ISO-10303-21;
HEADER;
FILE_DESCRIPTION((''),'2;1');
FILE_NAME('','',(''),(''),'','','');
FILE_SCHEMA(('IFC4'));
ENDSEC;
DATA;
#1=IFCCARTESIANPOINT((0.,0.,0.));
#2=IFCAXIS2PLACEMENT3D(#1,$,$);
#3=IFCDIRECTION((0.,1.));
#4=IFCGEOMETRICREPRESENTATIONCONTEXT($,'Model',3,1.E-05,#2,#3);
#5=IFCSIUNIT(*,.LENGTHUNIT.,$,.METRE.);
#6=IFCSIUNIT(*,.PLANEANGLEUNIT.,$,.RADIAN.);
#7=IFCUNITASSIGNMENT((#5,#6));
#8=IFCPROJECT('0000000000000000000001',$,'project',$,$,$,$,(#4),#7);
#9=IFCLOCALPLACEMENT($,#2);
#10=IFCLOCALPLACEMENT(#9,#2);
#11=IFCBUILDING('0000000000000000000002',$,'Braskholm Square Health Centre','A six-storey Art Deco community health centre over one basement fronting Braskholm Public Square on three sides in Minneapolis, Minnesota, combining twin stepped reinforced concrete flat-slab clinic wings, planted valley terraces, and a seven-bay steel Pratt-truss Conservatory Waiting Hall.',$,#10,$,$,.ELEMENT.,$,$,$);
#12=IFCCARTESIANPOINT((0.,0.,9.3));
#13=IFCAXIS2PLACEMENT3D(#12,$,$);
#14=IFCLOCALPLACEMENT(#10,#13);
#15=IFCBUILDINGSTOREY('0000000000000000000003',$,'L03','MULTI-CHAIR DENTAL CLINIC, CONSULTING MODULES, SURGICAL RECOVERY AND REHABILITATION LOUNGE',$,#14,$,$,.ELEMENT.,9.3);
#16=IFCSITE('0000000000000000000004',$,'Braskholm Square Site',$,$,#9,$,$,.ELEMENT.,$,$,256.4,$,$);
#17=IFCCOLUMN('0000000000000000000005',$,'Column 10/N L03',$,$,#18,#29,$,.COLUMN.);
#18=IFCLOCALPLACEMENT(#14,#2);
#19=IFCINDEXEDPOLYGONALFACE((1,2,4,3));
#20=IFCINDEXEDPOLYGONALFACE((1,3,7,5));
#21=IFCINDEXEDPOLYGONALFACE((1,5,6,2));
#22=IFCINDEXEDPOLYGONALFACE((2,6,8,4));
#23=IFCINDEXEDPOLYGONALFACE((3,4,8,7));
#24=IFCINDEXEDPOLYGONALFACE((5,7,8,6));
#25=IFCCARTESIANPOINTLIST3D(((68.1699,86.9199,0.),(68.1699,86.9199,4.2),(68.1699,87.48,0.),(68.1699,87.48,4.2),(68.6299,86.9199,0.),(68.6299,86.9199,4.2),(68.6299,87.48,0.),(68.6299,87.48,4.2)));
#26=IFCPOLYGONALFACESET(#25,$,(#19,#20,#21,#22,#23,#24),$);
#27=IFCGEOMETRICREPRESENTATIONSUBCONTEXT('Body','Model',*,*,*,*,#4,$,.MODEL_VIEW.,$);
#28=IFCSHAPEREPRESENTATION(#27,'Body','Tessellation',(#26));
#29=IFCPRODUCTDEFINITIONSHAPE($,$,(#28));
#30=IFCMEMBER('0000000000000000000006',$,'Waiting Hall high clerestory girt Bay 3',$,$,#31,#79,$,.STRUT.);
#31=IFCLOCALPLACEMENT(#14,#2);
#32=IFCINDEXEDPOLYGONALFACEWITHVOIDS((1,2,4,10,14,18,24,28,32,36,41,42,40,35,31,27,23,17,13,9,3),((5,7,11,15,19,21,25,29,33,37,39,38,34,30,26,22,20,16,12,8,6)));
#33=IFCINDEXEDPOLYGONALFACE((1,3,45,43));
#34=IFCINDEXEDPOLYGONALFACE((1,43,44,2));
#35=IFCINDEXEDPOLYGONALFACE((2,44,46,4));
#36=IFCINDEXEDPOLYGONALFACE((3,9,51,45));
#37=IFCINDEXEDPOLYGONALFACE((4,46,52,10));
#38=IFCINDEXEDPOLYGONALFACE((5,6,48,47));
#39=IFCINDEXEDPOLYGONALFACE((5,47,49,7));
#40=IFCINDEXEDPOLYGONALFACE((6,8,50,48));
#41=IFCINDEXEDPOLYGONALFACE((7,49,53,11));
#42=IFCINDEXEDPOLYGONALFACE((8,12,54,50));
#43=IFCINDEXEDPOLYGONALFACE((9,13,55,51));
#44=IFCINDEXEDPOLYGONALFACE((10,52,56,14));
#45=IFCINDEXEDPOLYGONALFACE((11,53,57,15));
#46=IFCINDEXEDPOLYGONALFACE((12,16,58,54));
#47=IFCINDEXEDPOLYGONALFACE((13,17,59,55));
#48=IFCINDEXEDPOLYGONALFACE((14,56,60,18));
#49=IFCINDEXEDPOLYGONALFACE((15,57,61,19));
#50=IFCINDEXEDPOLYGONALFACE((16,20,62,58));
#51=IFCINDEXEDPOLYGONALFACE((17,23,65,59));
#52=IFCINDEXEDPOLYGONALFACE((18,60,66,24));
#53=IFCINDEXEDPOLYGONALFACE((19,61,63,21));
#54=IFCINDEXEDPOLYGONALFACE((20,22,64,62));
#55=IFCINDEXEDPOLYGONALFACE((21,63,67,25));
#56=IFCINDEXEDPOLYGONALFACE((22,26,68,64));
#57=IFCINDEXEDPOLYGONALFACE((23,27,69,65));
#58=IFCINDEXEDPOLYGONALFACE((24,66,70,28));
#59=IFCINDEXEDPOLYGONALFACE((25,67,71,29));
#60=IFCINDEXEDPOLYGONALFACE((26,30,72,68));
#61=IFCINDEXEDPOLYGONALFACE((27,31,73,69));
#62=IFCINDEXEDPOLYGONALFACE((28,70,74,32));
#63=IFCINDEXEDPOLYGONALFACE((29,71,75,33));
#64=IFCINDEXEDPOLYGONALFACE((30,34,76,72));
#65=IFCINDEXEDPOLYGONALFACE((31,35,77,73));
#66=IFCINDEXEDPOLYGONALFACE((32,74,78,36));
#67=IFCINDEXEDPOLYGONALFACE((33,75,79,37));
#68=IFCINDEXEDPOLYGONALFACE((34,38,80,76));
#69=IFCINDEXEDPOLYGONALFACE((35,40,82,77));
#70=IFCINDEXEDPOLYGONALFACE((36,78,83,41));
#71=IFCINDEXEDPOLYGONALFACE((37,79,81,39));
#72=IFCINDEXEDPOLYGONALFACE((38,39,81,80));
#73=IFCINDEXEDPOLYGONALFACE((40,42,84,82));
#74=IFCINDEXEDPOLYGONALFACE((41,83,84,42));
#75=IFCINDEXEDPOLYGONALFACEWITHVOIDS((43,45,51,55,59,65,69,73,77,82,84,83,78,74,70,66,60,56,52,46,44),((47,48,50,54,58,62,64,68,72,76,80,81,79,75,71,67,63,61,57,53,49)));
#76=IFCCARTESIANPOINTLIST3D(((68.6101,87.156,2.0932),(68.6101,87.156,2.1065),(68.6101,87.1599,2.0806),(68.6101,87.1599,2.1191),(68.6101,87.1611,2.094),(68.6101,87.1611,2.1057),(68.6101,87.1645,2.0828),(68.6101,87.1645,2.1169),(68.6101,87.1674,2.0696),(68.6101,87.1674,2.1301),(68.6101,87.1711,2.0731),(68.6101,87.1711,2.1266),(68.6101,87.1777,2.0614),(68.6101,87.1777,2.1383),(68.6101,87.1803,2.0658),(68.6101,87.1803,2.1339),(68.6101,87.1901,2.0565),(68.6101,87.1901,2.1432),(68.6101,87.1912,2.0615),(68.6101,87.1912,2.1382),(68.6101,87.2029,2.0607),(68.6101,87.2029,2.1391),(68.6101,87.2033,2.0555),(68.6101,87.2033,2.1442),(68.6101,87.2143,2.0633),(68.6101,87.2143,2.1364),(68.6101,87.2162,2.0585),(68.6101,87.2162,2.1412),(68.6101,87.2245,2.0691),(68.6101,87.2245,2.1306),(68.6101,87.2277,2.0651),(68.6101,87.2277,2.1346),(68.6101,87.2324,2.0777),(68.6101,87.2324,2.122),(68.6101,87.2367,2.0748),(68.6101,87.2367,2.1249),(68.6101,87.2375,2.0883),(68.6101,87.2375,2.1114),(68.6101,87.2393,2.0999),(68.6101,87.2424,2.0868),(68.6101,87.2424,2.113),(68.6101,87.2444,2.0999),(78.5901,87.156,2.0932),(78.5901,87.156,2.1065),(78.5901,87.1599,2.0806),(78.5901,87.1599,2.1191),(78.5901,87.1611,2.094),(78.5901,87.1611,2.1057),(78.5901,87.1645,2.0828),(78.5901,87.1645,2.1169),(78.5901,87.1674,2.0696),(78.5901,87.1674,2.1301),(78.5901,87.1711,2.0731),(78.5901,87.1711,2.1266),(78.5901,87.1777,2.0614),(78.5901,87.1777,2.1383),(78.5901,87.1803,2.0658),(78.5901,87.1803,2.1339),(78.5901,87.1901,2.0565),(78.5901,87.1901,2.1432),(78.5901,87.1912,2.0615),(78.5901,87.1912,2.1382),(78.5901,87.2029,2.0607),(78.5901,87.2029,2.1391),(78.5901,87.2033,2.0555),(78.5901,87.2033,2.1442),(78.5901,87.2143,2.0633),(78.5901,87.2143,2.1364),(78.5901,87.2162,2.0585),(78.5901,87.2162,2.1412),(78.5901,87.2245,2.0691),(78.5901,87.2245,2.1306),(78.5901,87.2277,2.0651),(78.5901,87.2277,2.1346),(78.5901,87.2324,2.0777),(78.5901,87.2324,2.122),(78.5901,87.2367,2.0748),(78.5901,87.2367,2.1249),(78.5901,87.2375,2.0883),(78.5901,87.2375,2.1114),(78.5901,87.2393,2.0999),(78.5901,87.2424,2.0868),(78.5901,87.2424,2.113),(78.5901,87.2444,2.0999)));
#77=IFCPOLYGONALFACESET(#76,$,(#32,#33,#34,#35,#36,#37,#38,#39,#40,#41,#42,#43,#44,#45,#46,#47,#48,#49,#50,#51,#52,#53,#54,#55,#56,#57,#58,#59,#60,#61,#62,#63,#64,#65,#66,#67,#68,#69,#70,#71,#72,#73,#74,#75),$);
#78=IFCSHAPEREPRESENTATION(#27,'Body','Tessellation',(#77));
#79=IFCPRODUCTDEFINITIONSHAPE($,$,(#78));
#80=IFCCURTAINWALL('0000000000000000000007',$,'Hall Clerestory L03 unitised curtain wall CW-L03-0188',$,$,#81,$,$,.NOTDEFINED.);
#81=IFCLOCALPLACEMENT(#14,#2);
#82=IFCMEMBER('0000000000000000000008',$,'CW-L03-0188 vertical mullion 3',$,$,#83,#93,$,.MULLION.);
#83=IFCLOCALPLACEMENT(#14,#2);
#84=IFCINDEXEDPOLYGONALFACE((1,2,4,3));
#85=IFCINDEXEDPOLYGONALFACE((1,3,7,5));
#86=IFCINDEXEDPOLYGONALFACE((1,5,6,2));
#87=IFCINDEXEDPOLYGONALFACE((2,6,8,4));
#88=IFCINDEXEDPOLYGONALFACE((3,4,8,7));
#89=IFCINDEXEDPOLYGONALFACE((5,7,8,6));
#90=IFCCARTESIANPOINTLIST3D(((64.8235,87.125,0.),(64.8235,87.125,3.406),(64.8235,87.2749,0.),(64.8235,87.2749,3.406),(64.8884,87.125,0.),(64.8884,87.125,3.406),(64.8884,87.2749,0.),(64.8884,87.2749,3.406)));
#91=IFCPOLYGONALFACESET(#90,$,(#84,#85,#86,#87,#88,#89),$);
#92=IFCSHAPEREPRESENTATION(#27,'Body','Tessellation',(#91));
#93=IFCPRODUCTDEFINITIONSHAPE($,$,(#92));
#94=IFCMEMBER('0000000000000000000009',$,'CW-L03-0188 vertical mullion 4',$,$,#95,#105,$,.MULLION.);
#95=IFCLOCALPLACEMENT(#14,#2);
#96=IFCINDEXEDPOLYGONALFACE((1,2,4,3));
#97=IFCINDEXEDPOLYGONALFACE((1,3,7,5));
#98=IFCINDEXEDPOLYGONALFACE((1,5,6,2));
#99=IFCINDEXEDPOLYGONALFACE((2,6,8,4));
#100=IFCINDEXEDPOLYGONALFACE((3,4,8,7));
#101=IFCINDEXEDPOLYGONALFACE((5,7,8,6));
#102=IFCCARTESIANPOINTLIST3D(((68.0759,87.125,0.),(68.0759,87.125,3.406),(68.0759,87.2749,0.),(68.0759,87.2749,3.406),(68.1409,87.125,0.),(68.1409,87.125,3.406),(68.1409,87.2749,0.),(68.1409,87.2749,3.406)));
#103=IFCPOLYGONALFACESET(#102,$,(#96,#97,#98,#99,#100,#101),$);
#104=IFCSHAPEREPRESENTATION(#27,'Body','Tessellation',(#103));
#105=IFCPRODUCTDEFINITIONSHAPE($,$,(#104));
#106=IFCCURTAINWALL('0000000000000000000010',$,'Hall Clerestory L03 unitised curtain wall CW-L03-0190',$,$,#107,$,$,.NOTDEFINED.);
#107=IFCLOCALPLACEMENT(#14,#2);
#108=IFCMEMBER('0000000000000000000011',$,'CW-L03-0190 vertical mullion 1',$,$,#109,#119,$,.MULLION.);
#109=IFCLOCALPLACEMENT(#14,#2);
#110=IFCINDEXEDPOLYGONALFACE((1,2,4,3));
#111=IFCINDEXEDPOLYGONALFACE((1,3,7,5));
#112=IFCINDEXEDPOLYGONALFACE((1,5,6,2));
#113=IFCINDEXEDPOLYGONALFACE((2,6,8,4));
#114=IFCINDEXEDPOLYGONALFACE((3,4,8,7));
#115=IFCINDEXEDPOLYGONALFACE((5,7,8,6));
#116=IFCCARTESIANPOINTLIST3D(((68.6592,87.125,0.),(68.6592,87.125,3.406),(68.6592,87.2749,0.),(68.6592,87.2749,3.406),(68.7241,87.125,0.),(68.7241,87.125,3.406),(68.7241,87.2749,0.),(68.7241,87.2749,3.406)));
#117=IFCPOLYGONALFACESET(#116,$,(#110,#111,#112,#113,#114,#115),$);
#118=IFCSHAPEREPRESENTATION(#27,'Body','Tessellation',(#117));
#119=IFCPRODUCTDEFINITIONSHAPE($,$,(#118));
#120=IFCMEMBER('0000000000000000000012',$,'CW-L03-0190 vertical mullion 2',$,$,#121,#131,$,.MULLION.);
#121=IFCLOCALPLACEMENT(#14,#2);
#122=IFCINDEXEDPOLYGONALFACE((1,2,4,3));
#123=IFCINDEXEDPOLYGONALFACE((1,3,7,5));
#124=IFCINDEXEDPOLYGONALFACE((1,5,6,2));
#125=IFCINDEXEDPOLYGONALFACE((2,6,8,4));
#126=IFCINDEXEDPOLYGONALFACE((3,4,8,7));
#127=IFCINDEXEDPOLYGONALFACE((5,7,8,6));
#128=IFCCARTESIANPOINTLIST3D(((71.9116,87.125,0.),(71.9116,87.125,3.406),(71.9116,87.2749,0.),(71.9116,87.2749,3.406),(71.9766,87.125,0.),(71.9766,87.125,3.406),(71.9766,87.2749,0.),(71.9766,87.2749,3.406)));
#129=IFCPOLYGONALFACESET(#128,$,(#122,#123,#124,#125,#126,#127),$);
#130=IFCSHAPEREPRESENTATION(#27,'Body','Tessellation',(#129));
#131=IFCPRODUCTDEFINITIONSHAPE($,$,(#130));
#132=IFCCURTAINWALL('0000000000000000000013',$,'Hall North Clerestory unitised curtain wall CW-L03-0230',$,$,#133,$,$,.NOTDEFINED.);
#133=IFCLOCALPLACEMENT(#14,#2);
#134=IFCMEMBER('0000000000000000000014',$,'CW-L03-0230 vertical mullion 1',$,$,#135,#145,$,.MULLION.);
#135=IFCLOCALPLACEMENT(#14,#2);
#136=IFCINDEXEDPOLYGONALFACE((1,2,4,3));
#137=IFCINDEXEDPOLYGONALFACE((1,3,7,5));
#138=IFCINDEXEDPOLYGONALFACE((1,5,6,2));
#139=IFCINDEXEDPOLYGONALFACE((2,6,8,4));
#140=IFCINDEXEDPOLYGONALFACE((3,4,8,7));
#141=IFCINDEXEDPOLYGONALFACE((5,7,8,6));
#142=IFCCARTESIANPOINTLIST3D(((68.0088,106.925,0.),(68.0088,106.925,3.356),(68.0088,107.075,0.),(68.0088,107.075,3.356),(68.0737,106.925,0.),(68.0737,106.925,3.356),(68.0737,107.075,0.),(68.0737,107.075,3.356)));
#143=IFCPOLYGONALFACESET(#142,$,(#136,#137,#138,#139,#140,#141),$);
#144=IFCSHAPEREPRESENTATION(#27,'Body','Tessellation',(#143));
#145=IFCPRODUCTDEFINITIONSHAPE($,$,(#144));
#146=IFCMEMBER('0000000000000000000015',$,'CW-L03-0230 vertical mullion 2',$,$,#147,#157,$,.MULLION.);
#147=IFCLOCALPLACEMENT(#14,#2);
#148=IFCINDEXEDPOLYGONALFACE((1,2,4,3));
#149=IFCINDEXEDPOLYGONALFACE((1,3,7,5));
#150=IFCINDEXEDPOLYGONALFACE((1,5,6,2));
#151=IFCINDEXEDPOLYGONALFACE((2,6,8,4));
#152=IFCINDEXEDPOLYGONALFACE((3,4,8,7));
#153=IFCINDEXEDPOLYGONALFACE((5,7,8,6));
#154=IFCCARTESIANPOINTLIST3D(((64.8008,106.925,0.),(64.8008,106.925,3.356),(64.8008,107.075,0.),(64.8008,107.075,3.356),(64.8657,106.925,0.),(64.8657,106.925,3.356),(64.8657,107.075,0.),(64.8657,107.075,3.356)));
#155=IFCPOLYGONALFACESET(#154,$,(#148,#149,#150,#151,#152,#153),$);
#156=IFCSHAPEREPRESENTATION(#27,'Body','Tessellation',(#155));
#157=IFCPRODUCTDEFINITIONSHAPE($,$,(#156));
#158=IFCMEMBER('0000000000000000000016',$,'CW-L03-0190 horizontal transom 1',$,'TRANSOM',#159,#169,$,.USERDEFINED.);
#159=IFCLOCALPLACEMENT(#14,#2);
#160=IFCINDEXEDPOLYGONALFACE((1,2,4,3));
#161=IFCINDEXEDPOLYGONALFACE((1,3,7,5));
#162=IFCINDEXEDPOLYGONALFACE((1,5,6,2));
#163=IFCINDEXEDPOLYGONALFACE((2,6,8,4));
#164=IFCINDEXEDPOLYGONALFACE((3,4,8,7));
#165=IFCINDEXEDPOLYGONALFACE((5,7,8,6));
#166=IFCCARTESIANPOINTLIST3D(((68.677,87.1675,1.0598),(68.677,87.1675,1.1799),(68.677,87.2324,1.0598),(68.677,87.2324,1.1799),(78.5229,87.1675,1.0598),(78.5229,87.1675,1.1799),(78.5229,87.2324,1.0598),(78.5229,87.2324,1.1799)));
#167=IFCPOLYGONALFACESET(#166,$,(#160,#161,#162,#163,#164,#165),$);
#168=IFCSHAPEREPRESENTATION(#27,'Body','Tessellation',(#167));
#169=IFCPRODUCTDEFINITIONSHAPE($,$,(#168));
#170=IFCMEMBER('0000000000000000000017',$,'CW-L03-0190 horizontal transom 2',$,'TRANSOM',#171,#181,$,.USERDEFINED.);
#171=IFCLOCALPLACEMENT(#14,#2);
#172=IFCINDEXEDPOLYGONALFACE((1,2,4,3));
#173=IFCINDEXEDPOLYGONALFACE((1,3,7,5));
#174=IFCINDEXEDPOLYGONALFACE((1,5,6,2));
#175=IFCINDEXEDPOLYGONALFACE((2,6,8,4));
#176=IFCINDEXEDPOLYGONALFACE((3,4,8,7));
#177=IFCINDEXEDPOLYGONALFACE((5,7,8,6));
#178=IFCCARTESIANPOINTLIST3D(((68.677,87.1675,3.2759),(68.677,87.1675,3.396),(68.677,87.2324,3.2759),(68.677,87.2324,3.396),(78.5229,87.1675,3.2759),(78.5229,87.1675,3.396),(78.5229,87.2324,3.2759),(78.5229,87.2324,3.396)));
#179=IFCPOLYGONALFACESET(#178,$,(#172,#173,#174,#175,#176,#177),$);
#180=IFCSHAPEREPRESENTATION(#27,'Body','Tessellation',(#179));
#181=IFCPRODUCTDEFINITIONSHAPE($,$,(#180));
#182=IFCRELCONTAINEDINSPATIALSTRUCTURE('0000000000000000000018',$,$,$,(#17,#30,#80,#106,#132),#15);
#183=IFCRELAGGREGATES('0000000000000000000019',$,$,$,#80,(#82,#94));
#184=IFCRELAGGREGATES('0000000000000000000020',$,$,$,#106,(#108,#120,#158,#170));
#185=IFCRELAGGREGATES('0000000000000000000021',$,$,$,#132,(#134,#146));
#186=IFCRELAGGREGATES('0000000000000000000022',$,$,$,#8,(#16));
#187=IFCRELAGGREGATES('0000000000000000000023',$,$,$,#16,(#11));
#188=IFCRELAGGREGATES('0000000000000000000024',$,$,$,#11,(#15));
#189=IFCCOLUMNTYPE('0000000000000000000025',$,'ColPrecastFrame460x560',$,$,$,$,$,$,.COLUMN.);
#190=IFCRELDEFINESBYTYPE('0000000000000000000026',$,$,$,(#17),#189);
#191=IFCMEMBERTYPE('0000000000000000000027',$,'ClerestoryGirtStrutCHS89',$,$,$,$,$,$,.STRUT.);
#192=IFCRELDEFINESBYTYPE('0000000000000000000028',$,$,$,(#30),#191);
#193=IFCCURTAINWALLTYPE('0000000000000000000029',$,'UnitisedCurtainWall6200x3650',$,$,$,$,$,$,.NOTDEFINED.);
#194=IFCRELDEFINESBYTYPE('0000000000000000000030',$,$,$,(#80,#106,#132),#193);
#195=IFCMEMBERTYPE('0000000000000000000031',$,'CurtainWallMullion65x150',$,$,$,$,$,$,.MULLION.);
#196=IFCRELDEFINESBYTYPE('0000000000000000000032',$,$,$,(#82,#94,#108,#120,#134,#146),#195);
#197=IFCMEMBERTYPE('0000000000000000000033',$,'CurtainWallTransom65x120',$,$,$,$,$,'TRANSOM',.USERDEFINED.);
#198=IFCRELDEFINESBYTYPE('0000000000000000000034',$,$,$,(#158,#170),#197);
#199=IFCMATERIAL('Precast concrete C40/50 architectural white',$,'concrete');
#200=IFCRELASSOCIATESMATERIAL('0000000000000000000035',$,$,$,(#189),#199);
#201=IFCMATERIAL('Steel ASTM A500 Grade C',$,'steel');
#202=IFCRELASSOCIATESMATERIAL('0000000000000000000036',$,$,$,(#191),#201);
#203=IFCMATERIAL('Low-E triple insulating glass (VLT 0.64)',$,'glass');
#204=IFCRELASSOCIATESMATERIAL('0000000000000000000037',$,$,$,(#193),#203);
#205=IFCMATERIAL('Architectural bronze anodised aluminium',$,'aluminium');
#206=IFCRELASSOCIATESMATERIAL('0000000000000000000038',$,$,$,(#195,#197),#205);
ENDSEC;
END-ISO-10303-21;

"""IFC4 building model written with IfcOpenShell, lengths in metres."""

from ifc_helpers import new_model, si_unit, direction, frame, origin, origin_2d, place, context, subcontext, project, spatial, rectangle, hollow_circle, extrude, material, material_profile, profile_set, type_object, element, aggregate, save


model = new_model("IFC4")

# Units and contexts
model_context = context("Model", 3, precision=1e-05, world=origin(), true_north=direction((0.0, 1.0)))
body_context = subcontext(model_context, "Body", "Model", "MODEL_VIEW")
ifc_project = project(units=[si_unit("LENGTHUNIT", "METRE"), si_unit("PLANEANGLEUNIT", "RADIAN")], contexts=[model_context])

# Site, building, storey
site_placement = place(None, origin())
site = spatial("IfcSite", under=ifc_project, at=site_placement, Name="Braskholm Square Site", CompositionType="ELEMENT", RefElevation=256.4)
building_placement = place(site_placement, origin())
building = spatial("IfcBuilding", under=site, at=building_placement, Name="Braskholm Square Health Centre", Description="A six-storey Art Deco community health centre over one basement fronting Braskholm Public Square on three sides in Minneapolis, Minnesota, combining twin stepped reinforced concrete flat-slab clinic wings, planted valley terraces, and a seven-bay steel Pratt-truss Conservatory Waiting Hall.", CompositionType="ELEMENT")
storey_placement = place(building_placement, frame((0.0, 0.0, 9.3)))
storey = spatial("IfcBuildingStorey", under=building, at=storey_placement, Name="L03", Description="MULTI-CHAIR DENTAL CLINIC, CONSULTING MODULES, SURGICAL RECOVERY AND REHABILITATION LOUNGE", CompositionType="ELEMENT", Elevation=9.3)

# Column
ifc_material_1 = material(Name="Precast concrete C40/50 architectural white", Category="concrete")
ifc_material_profile_1 = material_profile(ifc_material_1, rectangle(XDim=0.46, YDim=0.5601, at=origin_2d()), Name="RC-460X560")
ifc_profile_set_1 = profile_set([ifc_material_profile_1], Name="Precast concrete C40/50 architectural white")
column_type = type_object("IfcColumnType", Name="ColPrecastFrame460x560", PredefinedType="COLUMN", material=ifc_profile_set_1)
column_placement = place(storey_placement, frame((68.3999, 87.2, 0.0), z_axis=(0.0, 0.0, 1.0), x_axis=(1.0, 0.0, 0.0)))
element("IfcColumn", 1, at=column_placement, inside=storey, type_object=column_type, Name="Column 10/N L03", PredefinedType="COLUMN", context=body_context, shape_type="SweptSolid", body=[
    extrude(rectangle(XDim=0.46, YDim=0.5601, at=origin_2d()), origin(), (0.0, 0.0, 1.0), 4.2),
])

# Member
ifc_material_2 = material(Name="Steel ASTM A500 Grade C", Category="steel")
ifc_material_profile_2 = material_profile(ifc_material_2, hollow_circle(Radius=0.0444, WallThickness=0.0051, at=origin_2d()), Name="HSS3.500X0.216")
ifc_profile_set_2 = profile_set([ifc_material_profile_2], Name="Steel ASTM A500 Grade C")
member_type_1 = type_object("IfcMemberType", Name="ClerestoryGirtStrutCHS89", PredefinedType="STRUT", material=ifc_profile_set_2)
member_1_placement = place(storey_placement, frame((68.6101, 87.2, 2.0999), z_axis=(1.0, 0.0, 0.0), x_axis=(0.0, 1.0, 0.0)))
element("IfcMember", 2, at=member_1_placement, inside=storey, type_object=member_type_1, Name="Waiting Hall high clerestory girt Bay 3", PredefinedType="STRUT", context=body_context, shape_type="SweptSolid", body=[
    extrude(hollow_circle(Radius=0.0444, WallThickness=0.0051, at=origin_2d()), origin(), (0.0, 0.0, 1.0), 9.98),
])

# Curtain walls, members
ifc_material_3 = material(Name="Low-E triple insulating glass (VLT 0.64)", Category="glass")
curtain_wall_type = type_object("IfcCurtainWallType", Name="UnitisedCurtainWall6200x3650", PredefinedType="NOTDEFINED", material=ifc_material_3)
curtain_wall_1_placement = place(storey_placement, origin())
curtain_wall_1 = element("IfcCurtainWall", 3, at=curtain_wall_1_placement, inside=storey, type_object=curtain_wall_type, Name="Hall Clerestory L03 unitised curtain wall CW-L03-0188", PredefinedType="NOTDEFINED")
ifc_material_4 = material(Name="Architectural bronze anodised aluminium", Category="aluminium")
ifc_material_profile_3 = material_profile(ifc_material_4, rectangle(XDim=0.0649, YDim=0.1499, at=origin_2d()), Name="ALU-65X150")
ifc_profile_set_3 = profile_set([ifc_material_profile_3], Name="Architectural bronze anodised aluminium")
member_type_2 = type_object("IfcMemberType", Name="CurtainWallMullion65x150", PredefinedType="MULLION", material=ifc_profile_set_3)
member_2_placement = place(storey_placement, frame((64.856, 87.2, 0.0), z_axis=(0.0, 0.0, 1.0), x_axis=(1.0, 0.0, 0.0)))
member_2 = element("IfcMember", 4, at=member_2_placement, type_object=member_type_2, Name="CW-L03-0188 vertical mullion 3", PredefinedType="MULLION", context=body_context, shape_type="SweptSolid", body=[
    extrude(rectangle(XDim=0.0649, YDim=0.1499, at=origin_2d()), origin(), (0.0, 0.0, 1.0), 3.406),
])
member_3_placement = place(storey_placement, frame((68.1084, 87.2, 0.0), z_axis=(0.0, 0.0, 1.0), x_axis=(1.0, 0.0, 0.0)))
member_3 = element("IfcMember", 5, at=member_3_placement, type_object=member_type_2, Name="CW-L03-0188 vertical mullion 4", PredefinedType="MULLION", context=body_context, shape_type="SweptSolid", body=[
    extrude(rectangle(XDim=0.0649, YDim=0.1499, at=origin_2d()), origin(), (0.0, 0.0, 1.0), 3.406),
])
curtain_wall_2_placement = place(storey_placement, origin())
curtain_wall_2 = element("IfcCurtainWall", 6, at=curtain_wall_2_placement, inside=storey, type_object=curtain_wall_type, Name="Hall Clerestory L03 unitised curtain wall CW-L03-0190", PredefinedType="NOTDEFINED")
member_4_placement = place(storey_placement, frame((68.6917, 87.2, 0.0), z_axis=(0.0, 0.0, 1.0), x_axis=(1.0, 0.0, 0.0)))
member_4 = element("IfcMember", 7, at=member_4_placement, type_object=member_type_2, Name="CW-L03-0190 vertical mullion 1", PredefinedType="MULLION", context=body_context, shape_type="SweptSolid", body=[
    extrude(rectangle(XDim=0.0649, YDim=0.1499, at=origin_2d()), origin(), (0.0, 0.0, 1.0), 3.406),
])
member_5_placement = place(storey_placement, frame((71.9441, 87.2, 0.0), z_axis=(0.0, 0.0, 1.0), x_axis=(1.0, 0.0, 0.0)))
member_5 = element("IfcMember", 8, at=member_5_placement, type_object=member_type_2, Name="CW-L03-0190 vertical mullion 2", PredefinedType="MULLION", context=body_context, shape_type="SweptSolid", body=[
    extrude(rectangle(XDim=0.0649, YDim=0.1499, at=origin_2d()), origin(), (0.0, 0.0, 1.0), 3.406),
])
curtain_wall_3_placement = place(storey_placement, origin())
curtain_wall_3 = element("IfcCurtainWall", 9, at=curtain_wall_3_placement, inside=storey, type_object=curtain_wall_type, Name="Hall North Clerestory unitised curtain wall CW-L03-0230", PredefinedType="NOTDEFINED")
member_6_placement = place(storey_placement, frame((68.0413, 107.0, 0.0), z_axis=(0.0, 0.0, 1.0), x_axis=(1.0, 0.0, 0.0)))
member_6 = element("IfcMember", 10, at=member_6_placement, type_object=member_type_2, Name="CW-L03-0230 vertical mullion 1", PredefinedType="MULLION", context=body_context, shape_type="SweptSolid", body=[
    extrude(rectangle(XDim=0.0649, YDim=0.1499, at=origin_2d()), origin(), (0.0, 0.0, 1.0), 3.356),
])
member_7_placement = place(storey_placement, frame((64.8333, 107.0, 0.0), z_axis=(0.0, 0.0, 1.0), x_axis=(1.0, 0.0, 0.0)))
member_7 = element("IfcMember", 11, at=member_7_placement, type_object=member_type_2, Name="CW-L03-0230 vertical mullion 2", PredefinedType="MULLION", context=body_context, shape_type="SweptSolid", body=[
    extrude(rectangle(XDim=0.0649, YDim=0.1499, at=origin_2d()), origin(), (0.0, 0.0, 1.0), 3.356),
])

# Members
ifc_material_profile_4 = material_profile(ifc_material_4, rectangle(XDim=0.0649, YDim=0.1201, at=origin_2d()), Name="ALU-65X120")
ifc_profile_set_4 = profile_set([ifc_material_profile_4], Name="Architectural bronze anodised aluminium")
member_type_3 = type_object("IfcMemberType", Name="CurtainWallTransom65x120", ElementType="TRANSOM", PredefinedType="USERDEFINED", material=ifc_profile_set_4)
member_8_placement = place(storey_placement, frame((68.677, 87.2, 1.1199), z_axis=(1.0, 0.0, 0.0), x_axis=(0.0, 1.0, 0.0)))
member_8 = element("IfcMember", 12, at=member_8_placement, type_object=member_type_3, Name="CW-L03-0190 horizontal transom 1", ObjectType="TRANSOM", PredefinedType="USERDEFINED", context=body_context, shape_type="SweptSolid", body=[
    extrude(rectangle(XDim=0.0649, YDim=0.1201, at=origin_2d()), origin(), (0.0, 0.0, 1.0), 9.8459),
])
member_9_placement = place(storey_placement, frame((68.677, 87.2, 3.3359), z_axis=(1.0, 0.0, 0.0), x_axis=(0.0, 1.0, 0.0)))
member_9 = element("IfcMember", 13, at=member_9_placement, type_object=member_type_3, Name="CW-L03-0190 horizontal transom 2", ObjectType="TRANSOM", PredefinedType="USERDEFINED", context=body_context, shape_type="SweptSolid", body=[
    extrude(rectangle(XDim=0.0649, YDim=0.1201, at=origin_2d()), origin(), (0.0, 0.0, 1.0), 9.8459),
])

aggregate(curtain_wall_1, [member_2, member_3])
aggregate(curtain_wall_2, [member_4, member_5, member_8, member_9])
aggregate(curtain_wall_3, [member_6, member_7])

save(model, "model.ifc")
